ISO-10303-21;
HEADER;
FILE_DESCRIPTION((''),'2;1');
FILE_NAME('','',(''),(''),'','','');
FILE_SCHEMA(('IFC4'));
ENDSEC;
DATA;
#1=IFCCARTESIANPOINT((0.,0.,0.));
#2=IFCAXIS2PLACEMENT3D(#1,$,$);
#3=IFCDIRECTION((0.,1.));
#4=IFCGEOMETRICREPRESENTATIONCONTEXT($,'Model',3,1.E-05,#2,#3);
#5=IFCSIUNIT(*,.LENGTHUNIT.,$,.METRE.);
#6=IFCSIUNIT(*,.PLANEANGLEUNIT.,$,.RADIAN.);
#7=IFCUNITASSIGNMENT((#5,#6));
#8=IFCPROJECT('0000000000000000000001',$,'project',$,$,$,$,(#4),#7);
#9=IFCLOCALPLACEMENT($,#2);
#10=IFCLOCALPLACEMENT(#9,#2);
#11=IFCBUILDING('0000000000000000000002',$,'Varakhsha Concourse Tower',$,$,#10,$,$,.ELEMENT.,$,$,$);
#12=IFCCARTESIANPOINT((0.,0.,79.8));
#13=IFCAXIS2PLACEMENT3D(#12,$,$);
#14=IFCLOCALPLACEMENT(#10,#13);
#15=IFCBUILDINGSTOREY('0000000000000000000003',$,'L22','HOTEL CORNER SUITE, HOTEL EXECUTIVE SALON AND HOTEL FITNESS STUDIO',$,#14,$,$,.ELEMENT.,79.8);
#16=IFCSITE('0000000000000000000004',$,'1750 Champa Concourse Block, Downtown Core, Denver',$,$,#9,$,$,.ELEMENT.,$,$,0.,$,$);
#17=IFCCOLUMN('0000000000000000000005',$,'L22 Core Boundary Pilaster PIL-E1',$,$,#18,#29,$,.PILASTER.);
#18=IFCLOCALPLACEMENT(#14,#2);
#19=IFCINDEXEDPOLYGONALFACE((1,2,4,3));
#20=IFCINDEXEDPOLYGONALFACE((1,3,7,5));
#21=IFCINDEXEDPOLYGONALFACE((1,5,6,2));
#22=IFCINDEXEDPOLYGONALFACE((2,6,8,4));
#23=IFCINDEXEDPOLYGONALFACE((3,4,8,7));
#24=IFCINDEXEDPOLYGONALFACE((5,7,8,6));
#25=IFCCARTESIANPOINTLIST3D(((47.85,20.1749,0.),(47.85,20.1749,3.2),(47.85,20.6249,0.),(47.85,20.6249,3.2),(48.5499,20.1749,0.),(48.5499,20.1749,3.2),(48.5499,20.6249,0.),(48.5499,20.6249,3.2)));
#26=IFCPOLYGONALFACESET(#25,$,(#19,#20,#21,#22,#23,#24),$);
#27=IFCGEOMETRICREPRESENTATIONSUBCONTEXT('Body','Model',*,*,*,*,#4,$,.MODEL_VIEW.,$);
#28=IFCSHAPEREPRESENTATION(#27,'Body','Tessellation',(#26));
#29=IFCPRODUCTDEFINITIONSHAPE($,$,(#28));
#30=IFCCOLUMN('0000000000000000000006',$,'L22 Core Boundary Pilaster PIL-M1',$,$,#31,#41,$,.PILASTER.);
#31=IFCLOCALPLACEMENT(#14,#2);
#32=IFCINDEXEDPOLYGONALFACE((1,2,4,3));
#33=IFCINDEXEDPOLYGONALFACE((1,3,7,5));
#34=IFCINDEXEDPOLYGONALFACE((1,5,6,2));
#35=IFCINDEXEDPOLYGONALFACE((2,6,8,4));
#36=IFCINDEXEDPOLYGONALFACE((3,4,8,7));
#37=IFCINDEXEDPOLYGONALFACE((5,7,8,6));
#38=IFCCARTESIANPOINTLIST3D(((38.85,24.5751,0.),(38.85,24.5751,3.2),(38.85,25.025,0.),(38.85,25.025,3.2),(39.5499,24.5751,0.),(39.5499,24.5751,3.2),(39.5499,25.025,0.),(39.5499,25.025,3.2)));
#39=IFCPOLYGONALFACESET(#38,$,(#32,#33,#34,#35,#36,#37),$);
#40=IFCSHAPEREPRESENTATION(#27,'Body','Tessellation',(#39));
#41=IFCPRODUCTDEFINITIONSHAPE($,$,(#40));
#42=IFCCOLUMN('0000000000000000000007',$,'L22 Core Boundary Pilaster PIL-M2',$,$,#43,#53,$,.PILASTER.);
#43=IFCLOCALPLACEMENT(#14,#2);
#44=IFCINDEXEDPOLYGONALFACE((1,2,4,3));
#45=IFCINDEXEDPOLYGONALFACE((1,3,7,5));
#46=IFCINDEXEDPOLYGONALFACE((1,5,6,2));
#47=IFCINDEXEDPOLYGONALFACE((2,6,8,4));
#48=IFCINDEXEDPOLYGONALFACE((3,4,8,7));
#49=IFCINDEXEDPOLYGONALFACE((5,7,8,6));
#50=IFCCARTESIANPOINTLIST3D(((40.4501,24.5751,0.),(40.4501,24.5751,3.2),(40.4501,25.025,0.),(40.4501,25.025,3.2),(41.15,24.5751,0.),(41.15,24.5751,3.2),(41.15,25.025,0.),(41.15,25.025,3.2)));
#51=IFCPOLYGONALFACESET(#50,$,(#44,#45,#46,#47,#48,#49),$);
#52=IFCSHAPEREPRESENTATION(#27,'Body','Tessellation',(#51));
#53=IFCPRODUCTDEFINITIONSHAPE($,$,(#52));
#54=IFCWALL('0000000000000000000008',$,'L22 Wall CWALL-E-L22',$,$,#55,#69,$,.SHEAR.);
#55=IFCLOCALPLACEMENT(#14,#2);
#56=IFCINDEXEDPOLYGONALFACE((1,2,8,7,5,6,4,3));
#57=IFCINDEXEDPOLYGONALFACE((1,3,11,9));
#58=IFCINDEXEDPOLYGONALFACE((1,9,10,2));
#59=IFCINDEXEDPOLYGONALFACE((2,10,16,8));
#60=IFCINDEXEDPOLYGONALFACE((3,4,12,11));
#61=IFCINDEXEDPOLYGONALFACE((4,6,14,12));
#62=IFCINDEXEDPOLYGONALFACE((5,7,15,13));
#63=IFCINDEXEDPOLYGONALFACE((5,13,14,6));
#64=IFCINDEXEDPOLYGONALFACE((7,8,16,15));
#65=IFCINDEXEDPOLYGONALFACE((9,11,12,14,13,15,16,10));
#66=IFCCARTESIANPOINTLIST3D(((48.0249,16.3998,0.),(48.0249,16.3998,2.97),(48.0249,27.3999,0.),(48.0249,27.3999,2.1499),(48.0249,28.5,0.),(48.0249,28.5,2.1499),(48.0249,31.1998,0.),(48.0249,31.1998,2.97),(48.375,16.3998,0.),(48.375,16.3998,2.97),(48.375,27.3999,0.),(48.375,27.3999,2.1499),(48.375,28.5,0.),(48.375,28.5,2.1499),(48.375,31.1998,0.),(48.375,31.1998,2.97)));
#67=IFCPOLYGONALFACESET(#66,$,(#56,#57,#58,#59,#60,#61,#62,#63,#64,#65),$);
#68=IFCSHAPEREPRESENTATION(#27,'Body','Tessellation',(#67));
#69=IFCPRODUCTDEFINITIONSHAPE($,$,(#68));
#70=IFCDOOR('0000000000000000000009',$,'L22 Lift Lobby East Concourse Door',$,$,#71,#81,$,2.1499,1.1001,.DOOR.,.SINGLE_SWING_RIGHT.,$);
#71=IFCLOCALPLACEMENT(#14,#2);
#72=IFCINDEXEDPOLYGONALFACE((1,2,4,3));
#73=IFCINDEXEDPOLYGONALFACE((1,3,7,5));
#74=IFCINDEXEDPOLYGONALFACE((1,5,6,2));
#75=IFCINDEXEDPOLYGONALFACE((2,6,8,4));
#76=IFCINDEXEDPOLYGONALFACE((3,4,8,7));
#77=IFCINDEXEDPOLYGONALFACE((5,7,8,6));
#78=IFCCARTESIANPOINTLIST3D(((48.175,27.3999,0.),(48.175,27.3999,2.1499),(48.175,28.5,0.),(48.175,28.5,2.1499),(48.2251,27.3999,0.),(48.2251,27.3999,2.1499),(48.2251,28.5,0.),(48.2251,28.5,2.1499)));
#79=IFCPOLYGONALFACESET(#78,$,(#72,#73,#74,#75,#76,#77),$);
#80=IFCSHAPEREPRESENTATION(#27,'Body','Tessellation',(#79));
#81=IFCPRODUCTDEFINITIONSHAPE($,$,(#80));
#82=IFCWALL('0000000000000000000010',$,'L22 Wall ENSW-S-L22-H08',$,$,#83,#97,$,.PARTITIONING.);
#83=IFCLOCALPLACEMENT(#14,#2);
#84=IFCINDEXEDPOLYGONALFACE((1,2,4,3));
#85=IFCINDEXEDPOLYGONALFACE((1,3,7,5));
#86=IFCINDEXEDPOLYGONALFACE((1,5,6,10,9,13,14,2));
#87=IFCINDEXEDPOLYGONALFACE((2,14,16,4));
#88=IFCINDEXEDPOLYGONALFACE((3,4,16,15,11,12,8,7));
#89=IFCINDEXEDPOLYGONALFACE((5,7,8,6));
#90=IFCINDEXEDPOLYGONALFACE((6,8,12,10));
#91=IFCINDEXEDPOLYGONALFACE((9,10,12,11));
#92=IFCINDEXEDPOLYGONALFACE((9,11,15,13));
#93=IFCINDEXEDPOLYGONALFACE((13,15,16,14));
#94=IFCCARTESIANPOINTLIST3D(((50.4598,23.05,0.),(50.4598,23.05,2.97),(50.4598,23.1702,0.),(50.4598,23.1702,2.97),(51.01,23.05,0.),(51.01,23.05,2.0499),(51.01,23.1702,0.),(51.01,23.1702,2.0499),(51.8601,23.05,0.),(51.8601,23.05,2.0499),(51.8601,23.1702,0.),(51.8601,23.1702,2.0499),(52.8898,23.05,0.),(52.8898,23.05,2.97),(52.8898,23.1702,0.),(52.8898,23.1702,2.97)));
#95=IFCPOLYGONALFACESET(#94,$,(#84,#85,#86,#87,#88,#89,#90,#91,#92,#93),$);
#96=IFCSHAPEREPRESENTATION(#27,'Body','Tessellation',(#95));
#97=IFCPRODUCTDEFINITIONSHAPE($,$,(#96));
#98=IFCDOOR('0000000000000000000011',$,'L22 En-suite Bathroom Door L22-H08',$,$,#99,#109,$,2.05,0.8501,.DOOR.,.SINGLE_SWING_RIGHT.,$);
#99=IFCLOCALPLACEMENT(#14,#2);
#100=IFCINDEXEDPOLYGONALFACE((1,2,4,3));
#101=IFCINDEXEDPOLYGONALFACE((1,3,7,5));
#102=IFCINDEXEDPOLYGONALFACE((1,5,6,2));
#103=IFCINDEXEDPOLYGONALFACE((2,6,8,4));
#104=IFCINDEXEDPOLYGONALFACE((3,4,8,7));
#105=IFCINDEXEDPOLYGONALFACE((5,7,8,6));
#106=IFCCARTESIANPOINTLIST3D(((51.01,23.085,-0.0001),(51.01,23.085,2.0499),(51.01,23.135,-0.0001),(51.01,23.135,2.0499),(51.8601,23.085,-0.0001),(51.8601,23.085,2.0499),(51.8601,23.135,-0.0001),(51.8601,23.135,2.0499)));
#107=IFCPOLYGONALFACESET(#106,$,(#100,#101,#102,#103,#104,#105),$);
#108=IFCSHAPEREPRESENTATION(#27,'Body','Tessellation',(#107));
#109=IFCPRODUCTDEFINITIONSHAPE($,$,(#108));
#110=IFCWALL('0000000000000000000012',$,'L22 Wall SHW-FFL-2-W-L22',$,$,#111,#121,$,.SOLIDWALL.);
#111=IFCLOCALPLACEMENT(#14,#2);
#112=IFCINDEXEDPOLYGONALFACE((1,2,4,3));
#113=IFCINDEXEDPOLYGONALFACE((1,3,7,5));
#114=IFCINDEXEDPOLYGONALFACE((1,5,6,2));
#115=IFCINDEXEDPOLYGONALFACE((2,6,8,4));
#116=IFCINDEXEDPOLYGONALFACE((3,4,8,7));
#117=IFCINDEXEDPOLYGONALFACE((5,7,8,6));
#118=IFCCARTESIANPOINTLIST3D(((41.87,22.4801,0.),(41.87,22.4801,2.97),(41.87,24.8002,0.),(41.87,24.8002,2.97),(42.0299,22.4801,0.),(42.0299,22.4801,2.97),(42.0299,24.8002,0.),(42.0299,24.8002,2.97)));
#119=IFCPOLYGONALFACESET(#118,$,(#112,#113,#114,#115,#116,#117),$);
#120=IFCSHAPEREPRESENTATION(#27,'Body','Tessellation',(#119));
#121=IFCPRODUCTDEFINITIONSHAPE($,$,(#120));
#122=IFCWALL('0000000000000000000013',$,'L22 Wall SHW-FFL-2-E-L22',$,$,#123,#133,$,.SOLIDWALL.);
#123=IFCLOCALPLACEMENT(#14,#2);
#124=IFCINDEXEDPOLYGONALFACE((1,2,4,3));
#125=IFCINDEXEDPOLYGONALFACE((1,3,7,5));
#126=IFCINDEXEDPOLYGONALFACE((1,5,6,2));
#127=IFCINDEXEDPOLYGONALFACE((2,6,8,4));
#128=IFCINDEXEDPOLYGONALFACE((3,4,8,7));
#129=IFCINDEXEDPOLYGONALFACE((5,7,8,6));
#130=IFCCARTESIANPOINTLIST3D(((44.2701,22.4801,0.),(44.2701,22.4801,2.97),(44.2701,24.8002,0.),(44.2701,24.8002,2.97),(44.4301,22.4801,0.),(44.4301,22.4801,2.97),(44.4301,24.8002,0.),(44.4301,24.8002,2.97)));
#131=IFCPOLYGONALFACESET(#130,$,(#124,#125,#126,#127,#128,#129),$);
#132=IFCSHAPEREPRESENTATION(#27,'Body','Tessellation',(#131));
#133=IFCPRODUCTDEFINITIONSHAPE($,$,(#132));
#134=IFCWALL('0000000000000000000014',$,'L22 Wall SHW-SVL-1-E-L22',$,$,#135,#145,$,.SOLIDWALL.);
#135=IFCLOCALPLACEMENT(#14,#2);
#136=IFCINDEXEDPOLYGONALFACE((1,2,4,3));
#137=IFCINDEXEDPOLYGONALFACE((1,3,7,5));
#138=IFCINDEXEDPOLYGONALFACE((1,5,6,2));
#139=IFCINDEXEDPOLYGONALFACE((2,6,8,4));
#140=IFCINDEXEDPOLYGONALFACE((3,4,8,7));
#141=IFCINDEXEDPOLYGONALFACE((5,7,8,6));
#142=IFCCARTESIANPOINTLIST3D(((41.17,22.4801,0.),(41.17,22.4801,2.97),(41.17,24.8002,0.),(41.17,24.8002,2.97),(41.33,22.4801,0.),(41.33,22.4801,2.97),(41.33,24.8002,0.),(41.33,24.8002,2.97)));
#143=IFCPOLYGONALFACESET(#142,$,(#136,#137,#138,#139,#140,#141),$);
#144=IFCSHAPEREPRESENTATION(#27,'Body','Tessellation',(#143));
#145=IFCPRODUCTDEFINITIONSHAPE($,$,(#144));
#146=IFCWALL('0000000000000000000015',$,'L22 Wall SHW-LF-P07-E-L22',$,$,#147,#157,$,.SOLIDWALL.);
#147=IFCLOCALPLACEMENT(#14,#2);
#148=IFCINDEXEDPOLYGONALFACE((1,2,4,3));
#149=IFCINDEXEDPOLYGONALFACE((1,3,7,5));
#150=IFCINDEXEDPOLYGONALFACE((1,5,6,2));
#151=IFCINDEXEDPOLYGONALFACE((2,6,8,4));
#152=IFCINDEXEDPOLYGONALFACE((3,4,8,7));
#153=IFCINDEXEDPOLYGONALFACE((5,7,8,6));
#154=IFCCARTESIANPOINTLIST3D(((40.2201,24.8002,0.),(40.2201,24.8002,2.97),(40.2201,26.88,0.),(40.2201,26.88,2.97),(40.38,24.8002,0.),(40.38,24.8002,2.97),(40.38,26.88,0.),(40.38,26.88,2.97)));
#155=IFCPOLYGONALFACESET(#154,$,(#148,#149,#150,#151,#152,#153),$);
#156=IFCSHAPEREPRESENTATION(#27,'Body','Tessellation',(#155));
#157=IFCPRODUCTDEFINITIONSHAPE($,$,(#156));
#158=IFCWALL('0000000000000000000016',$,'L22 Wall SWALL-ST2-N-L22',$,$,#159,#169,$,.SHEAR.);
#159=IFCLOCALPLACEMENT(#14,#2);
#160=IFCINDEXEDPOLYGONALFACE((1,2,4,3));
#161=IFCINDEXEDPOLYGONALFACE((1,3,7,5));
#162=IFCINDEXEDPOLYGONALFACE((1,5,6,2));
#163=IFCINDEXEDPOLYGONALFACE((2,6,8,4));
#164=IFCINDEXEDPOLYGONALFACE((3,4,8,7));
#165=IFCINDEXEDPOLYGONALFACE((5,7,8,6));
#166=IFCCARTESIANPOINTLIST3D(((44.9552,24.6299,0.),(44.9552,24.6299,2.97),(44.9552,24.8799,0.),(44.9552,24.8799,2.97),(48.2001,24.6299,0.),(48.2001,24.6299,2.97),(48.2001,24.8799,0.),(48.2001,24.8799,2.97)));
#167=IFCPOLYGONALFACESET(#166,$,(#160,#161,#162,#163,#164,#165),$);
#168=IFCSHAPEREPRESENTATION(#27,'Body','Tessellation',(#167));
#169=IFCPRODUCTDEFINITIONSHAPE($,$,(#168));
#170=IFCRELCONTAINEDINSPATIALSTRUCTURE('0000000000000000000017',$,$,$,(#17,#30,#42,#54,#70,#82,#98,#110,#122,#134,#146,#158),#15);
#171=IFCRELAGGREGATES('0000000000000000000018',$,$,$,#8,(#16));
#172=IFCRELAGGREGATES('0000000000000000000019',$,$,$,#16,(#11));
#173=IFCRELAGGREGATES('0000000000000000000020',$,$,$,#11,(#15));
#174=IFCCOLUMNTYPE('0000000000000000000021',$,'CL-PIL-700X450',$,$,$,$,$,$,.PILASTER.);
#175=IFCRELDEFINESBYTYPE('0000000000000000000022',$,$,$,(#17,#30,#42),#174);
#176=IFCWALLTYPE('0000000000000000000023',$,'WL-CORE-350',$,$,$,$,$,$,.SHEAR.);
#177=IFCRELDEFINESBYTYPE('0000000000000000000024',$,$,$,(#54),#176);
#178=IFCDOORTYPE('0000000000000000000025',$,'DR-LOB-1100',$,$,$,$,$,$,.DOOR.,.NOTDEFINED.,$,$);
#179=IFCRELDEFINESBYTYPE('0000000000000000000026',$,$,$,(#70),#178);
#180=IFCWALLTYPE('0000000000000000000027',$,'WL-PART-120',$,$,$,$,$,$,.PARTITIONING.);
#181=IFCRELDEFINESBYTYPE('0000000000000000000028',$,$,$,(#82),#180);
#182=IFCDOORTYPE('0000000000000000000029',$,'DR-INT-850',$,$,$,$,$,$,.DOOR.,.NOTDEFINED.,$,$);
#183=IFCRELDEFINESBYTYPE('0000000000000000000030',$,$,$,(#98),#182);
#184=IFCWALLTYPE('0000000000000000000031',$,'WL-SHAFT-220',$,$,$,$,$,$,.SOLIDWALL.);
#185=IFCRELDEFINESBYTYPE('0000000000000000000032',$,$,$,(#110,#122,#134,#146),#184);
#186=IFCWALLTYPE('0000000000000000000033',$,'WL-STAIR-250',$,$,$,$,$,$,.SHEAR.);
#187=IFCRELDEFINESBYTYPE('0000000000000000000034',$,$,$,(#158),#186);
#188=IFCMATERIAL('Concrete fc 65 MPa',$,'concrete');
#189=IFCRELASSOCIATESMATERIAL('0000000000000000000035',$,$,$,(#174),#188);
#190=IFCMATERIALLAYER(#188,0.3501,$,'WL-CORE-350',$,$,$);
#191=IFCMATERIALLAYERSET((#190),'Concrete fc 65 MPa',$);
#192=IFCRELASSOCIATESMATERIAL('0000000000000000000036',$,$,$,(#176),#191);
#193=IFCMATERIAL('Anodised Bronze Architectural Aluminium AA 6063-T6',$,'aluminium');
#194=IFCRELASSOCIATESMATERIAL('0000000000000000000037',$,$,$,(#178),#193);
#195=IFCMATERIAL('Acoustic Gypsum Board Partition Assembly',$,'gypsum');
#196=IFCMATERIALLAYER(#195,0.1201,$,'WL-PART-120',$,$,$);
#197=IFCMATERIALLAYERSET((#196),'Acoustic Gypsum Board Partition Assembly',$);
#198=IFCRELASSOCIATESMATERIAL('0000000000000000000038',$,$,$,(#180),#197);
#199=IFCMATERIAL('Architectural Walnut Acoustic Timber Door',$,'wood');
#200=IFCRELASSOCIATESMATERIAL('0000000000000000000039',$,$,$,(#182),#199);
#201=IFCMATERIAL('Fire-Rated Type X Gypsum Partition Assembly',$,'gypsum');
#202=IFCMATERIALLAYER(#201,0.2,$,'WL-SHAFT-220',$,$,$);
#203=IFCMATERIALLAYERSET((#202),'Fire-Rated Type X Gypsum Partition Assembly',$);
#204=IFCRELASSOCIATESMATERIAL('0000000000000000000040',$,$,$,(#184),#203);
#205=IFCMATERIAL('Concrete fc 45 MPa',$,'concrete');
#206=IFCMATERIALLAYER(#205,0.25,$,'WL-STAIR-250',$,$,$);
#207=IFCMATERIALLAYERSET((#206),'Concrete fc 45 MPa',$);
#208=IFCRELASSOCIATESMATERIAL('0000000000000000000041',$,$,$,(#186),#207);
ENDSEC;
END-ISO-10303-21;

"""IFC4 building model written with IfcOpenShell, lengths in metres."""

from ifc_helpers import new_model, si_unit, direction, frame, frame_2d, origin, origin_2d, place, context, subcontext, project, spatial, rectangle, extrude, material, layer, layer_set, material_profile, profile_set, type_object, element, fill, save


model = new_model("IFC4")

# Units and contexts
model_context = context("Model", 3, precision=1e-05, world=origin(), true_north=direction((0.0, 1.0)))
body_context = subcontext(model_context, "Body", "Model", "MODEL_VIEW")
ifc_project = project(units=[si_unit("LENGTHUNIT", "METRE"), si_unit("PLANEANGLEUNIT", "RADIAN")], contexts=[model_context])

# Site, building, storey
site_placement = place(None, origin())
site = spatial("IfcSite", under=ifc_project, at=site_placement, Name="1750 Champa Concourse Block, Downtown Core, Denver", CompositionType="ELEMENT", RefElevation=0.0)
building_placement = place(site_placement, origin())
building = spatial("IfcBuilding", under=site, at=building_placement, Name="Varakhsha Concourse Tower", CompositionType="ELEMENT")
storey_placement = place(building_placement, frame((0.0, 0.0, 79.8)))
storey = spatial("IfcBuildingStorey", under=building, at=storey_placement, Name="L22", Description="HOTEL CORNER SUITE, HOTEL EXECUTIVE SALON AND HOTEL FITNESS STUDIO", CompositionType="ELEMENT", Elevation=79.8)

# Columns
ifc_material_1 = material(Name="Concrete fc 65 MPa", Category="concrete")
ifc_material_profile = material_profile(ifc_material_1, rectangle(XDim=0.7, YDim=0.45, at=origin_2d()), Name="RC 700x450")
ifc_profile_set = profile_set([ifc_material_profile], Name="Concrete fc 65 MPa")
column_type = type_object("IfcColumnType", Name="CL-PIL-700X450", PredefinedType="PILASTER", material=ifc_profile_set)
for number, where, z_axis, x_axis, name in (
    (1, (48.2, 20.3999, 0.0), (0.0, 0.0, 1.0), (1.0, 0.0, 0.0), "L22 Core Boundary Pilaster PIL-E1"),
    (2, (39.2, 24.8, 0.0), (0.0, 0.0, 1.0), (1.0, 0.0, 0.0), "L22 Core Boundary Pilaster PIL-M1"),
    (3, (40.8, 24.8, 0.0), (0.0, 0.0, 1.0), (1.0, 0.0, 0.0), "L22 Core Boundary Pilaster PIL-M2"),
):
    element("IfcColumn", number, at=place(storey_placement, frame(where, z_axis=z_axis, x_axis=x_axis)), inside=storey, type_object=column_type, Name=name, PredefinedType="PILASTER", context=body_context, shape_type="SweptSolid", body=[
        extrude(rectangle(XDim=0.7, YDim=0.45, at=origin_2d()), origin(), (0.0, 0.0, 1.0), 3.2),
    ])

# Walls, openings, doors
ifc_layer_1 = layer(ifc_material_1, 0.3501, Name="WL-CORE-350")
ifc_layer_set_1 = layer_set([ifc_layer_1], Name="Concrete fc 65 MPa")
wall_type_1 = type_object("IfcWallType", Name="WL-CORE-350", PredefinedType="SHEAR", material=ifc_layer_set_1)
wall_1_placement = place(storey_placement, frame((48.2, 16.3999, 0.0), z_axis=(0.0, 0.0, 1.0), x_axis=(0.0, 1.0, 0.0)))
wall_1 = element("IfcWall", 4, at=wall_1_placement, inside=storey, type_object=wall_type_1, Name="L22 Wall CWALL-E-L22", PredefinedType="SHEAR", context=body_context, shape_type="SweptSolid", body=[
    extrude(rectangle(XDim=14.8, YDim=0.3501, at=frame_2d((7.3999, 0.0))), origin(), (0.0, 0.0, 1.0), 2.97),
])
opening_1_placement = place(wall_1_placement, frame((11.0, 0.0, 0.0)))
opening_1 = element("IfcOpeningElement", 5, at=opening_1_placement, cuts=wall_1, PredefinedType="OPENING", context=body_context, shape_type="SweptSolid", body=[
    extrude(rectangle(XDim=1.1001, YDim=2.1499, at=frame_2d((0.55, 1.075))), frame((0.0, 0.1851, 0.0), z_axis=(0.0, -1.0, 0.0), x_axis=(1.0, 0.0, 0.0)), (0.0, 0.0, 1.0), 0.3701),
])
ifc_material_2 = material(Name="Anodised Bronze Architectural Aluminium AA 6063-T6", Category="aluminium")
door_type_1 = type_object("IfcDoorType", Name="DR-LOB-1100", OperationType="NOTDEFINED", PredefinedType="DOOR", material=ifc_material_2)
door_1_placement = place(opening_1_placement, origin())
door_1 = element("IfcDoor", 6, at=door_1_placement, inside=storey, type_object=door_type_1, Name="L22 Lift Lobby East Concourse Door", OperationType="SINGLE_SWING_RIGHT", OverallHeight=2.1499, OverallWidth=1.1001, PredefinedType="DOOR", context=body_context, shape_type="SweptSolid", body=[
    extrude(rectangle(XDim=1.1001, YDim=2.1499, at=frame_2d((0.55, 1.075))), frame((0.0, 0.0249, 0.0), z_axis=(0.0, -1.0, 0.0), x_axis=(1.0, 0.0, 0.0)), (0.0, 0.0, 1.0), 0.05),
])
fill(opening_1, door_1)
ifc_material_3 = material(Name="Acoustic Gypsum Board Partition Assembly", Category="gypsum")
ifc_layer_2 = layer(ifc_material_3, 0.1201, Name="WL-PART-120")
ifc_layer_set_2 = layer_set([ifc_layer_2], Name="Acoustic Gypsum Board Partition Assembly")
wall_type_2 = type_object("IfcWallType", Name="WL-PART-120", PredefinedType="PARTITIONING", material=ifc_layer_set_2)
wall_2_placement = place(storey_placement, frame((50.46, 23.1101, 0.0), z_axis=(0.0, 0.0, 1.0), x_axis=(1.0, 0.0, 0.0)))
wall_2 = element("IfcWall", 7, at=wall_2_placement, inside=storey, type_object=wall_type_2, Name="L22 Wall ENSW-S-L22-H08", PredefinedType="PARTITIONING", context=body_context, shape_type="SweptSolid", body=[
    extrude(rectangle(XDim=2.4299, YDim=0.1201, at=frame_2d((1.2148, 0.0))), origin(), (0.0, 0.0, 1.0), 2.97),
])
opening_2_placement = place(wall_2_placement, frame((0.55, 0.0, 0.0)))
opening_2 = element("IfcOpeningElement", 8, at=opening_2_placement, cuts=wall_2, PredefinedType="OPENING", context=body_context, shape_type="SweptSolid", body=[
    extrude(rectangle(XDim=0.8501, YDim=2.05, at=frame_2d((0.425, 1.0249))), frame((0.0, 0.0701, 0.0), z_axis=(0.0, -1.0, 0.0), x_axis=(1.0, 0.0, 0.0)), (0.0, 0.0, 1.0), 0.1401),
])
ifc_material_4 = material(Name="Architectural Walnut Acoustic Timber Door", Category="wood")
door_type_2 = type_object("IfcDoorType", Name="DR-INT-850", OperationType="NOTDEFINED", PredefinedType="DOOR", material=ifc_material_4)
door_2_placement = place(opening_2_placement, origin())
door_2 = element("IfcDoor", 9, at=door_2_placement, inside=storey, type_object=door_type_2, Name="L22 En-suite Bathroom Door L22-H08", OperationType="SINGLE_SWING_RIGHT", OverallHeight=2.05, OverallWidth=0.8501, PredefinedType="DOOR", context=body_context, shape_type="SweptSolid", body=[
    extrude(rectangle(XDim=0.8501, YDim=2.05, at=frame_2d((0.425, 1.0249))), frame((0.0, 0.0249, 0.0), z_axis=(0.0, -1.0, 0.0), x_axis=(1.0, 0.0, 0.0)), (0.0, 0.0, 1.0), 0.05),
])
fill(opening_2, door_2)

# Walls
ifc_material_5 = material(Name="Fire-Rated Type X Gypsum Partition Assembly", Category="gypsum")
ifc_layer_3 = layer(ifc_material_5, 0.2, Name="WL-SHAFT-220")
ifc_layer_set_3 = layer_set([ifc_layer_3], Name="Fire-Rated Type X Gypsum Partition Assembly")
wall_type_3 = type_object("IfcWallType", Name="WL-SHAFT-220", PredefinedType="SOLIDWALL", material=ifc_layer_set_3)
for number, where, z_axis, x_axis, name in (
    (10, (41.95, 22.48, 0.0), (0.0, 0.0, 1.0), (0.0, 1.0, 0.0), "L22 Wall SHW-FFL-2-W-L22"),
    (11, (44.3501, 22.48, 0.0), (0.0, 0.0, 1.0), (0.0, 1.0, 0.0), "L22 Wall SHW-FFL-2-E-L22"),
    (12, (41.25, 22.48, 0.0), (0.0, 0.0, 1.0), (0.0, 1.0, 0.0), "L22 Wall SHW-SVL-1-E-L22"),
):
    element("IfcWall", number, at=place(storey_placement, frame(where, z_axis=z_axis, x_axis=x_axis)), inside=storey, type_object=wall_type_3, Name=name, PredefinedType="SOLIDWALL", context=body_context, shape_type="SweptSolid", body=[
        extrude(rectangle(XDim=2.3201, YDim=0.1599, at=frame_2d((1.1602, 0.0))), origin(), (0.0, 0.0, 1.0), 2.97),
    ])
wall_3_placement = place(storey_placement, frame((40.3, 24.8, 0.0), z_axis=(0.0, 0.0, 1.0), x_axis=(0.0, 1.0, 0.0)))
element("IfcWall", 13, at=wall_3_placement, inside=storey, type_object=wall_type_3, Name="L22 Wall SHW-LF-P07-E-L22", PredefinedType="SOLIDWALL", context=body_context, shape_type="SweptSolid", body=[
    extrude(rectangle(XDim=2.0798, YDim=0.1599, at=frame_2d((1.04, 0.0))), origin(), (0.0, 0.0, 1.0), 2.97),
])
ifc_material_6 = material(Name="Concrete fc 45 MPa", Category="concrete")
ifc_layer_4 = layer(ifc_material_6, 0.25, Name="WL-STAIR-250")
ifc_layer_set_4 = layer_set([ifc_layer_4], Name="Concrete fc 45 MPa")
wall_type_4 = type_object("IfcWallType", Name="WL-STAIR-250", PredefinedType="SHEAR", material=ifc_layer_set_4)
wall_4_placement = place(storey_placement, frame((44.9551, 24.7549, 0.0), z_axis=(0.0, 0.0, 1.0), x_axis=(1.0, 0.0, 0.0)))
element("IfcWall", 14, at=wall_4_placement, inside=storey, type_object=wall_type_4, Name="L22 Wall SWALL-ST2-N-L22", PredefinedType="SHEAR", context=body_context, shape_type="SweptSolid", body=[
    extrude(rectangle(XDim=3.2449, YDim=0.25, at=frame_2d((1.6226, 0.0))), origin(), (0.0, 0.0, 1.0), 2.97),
])

save(model, "model.ifc")
